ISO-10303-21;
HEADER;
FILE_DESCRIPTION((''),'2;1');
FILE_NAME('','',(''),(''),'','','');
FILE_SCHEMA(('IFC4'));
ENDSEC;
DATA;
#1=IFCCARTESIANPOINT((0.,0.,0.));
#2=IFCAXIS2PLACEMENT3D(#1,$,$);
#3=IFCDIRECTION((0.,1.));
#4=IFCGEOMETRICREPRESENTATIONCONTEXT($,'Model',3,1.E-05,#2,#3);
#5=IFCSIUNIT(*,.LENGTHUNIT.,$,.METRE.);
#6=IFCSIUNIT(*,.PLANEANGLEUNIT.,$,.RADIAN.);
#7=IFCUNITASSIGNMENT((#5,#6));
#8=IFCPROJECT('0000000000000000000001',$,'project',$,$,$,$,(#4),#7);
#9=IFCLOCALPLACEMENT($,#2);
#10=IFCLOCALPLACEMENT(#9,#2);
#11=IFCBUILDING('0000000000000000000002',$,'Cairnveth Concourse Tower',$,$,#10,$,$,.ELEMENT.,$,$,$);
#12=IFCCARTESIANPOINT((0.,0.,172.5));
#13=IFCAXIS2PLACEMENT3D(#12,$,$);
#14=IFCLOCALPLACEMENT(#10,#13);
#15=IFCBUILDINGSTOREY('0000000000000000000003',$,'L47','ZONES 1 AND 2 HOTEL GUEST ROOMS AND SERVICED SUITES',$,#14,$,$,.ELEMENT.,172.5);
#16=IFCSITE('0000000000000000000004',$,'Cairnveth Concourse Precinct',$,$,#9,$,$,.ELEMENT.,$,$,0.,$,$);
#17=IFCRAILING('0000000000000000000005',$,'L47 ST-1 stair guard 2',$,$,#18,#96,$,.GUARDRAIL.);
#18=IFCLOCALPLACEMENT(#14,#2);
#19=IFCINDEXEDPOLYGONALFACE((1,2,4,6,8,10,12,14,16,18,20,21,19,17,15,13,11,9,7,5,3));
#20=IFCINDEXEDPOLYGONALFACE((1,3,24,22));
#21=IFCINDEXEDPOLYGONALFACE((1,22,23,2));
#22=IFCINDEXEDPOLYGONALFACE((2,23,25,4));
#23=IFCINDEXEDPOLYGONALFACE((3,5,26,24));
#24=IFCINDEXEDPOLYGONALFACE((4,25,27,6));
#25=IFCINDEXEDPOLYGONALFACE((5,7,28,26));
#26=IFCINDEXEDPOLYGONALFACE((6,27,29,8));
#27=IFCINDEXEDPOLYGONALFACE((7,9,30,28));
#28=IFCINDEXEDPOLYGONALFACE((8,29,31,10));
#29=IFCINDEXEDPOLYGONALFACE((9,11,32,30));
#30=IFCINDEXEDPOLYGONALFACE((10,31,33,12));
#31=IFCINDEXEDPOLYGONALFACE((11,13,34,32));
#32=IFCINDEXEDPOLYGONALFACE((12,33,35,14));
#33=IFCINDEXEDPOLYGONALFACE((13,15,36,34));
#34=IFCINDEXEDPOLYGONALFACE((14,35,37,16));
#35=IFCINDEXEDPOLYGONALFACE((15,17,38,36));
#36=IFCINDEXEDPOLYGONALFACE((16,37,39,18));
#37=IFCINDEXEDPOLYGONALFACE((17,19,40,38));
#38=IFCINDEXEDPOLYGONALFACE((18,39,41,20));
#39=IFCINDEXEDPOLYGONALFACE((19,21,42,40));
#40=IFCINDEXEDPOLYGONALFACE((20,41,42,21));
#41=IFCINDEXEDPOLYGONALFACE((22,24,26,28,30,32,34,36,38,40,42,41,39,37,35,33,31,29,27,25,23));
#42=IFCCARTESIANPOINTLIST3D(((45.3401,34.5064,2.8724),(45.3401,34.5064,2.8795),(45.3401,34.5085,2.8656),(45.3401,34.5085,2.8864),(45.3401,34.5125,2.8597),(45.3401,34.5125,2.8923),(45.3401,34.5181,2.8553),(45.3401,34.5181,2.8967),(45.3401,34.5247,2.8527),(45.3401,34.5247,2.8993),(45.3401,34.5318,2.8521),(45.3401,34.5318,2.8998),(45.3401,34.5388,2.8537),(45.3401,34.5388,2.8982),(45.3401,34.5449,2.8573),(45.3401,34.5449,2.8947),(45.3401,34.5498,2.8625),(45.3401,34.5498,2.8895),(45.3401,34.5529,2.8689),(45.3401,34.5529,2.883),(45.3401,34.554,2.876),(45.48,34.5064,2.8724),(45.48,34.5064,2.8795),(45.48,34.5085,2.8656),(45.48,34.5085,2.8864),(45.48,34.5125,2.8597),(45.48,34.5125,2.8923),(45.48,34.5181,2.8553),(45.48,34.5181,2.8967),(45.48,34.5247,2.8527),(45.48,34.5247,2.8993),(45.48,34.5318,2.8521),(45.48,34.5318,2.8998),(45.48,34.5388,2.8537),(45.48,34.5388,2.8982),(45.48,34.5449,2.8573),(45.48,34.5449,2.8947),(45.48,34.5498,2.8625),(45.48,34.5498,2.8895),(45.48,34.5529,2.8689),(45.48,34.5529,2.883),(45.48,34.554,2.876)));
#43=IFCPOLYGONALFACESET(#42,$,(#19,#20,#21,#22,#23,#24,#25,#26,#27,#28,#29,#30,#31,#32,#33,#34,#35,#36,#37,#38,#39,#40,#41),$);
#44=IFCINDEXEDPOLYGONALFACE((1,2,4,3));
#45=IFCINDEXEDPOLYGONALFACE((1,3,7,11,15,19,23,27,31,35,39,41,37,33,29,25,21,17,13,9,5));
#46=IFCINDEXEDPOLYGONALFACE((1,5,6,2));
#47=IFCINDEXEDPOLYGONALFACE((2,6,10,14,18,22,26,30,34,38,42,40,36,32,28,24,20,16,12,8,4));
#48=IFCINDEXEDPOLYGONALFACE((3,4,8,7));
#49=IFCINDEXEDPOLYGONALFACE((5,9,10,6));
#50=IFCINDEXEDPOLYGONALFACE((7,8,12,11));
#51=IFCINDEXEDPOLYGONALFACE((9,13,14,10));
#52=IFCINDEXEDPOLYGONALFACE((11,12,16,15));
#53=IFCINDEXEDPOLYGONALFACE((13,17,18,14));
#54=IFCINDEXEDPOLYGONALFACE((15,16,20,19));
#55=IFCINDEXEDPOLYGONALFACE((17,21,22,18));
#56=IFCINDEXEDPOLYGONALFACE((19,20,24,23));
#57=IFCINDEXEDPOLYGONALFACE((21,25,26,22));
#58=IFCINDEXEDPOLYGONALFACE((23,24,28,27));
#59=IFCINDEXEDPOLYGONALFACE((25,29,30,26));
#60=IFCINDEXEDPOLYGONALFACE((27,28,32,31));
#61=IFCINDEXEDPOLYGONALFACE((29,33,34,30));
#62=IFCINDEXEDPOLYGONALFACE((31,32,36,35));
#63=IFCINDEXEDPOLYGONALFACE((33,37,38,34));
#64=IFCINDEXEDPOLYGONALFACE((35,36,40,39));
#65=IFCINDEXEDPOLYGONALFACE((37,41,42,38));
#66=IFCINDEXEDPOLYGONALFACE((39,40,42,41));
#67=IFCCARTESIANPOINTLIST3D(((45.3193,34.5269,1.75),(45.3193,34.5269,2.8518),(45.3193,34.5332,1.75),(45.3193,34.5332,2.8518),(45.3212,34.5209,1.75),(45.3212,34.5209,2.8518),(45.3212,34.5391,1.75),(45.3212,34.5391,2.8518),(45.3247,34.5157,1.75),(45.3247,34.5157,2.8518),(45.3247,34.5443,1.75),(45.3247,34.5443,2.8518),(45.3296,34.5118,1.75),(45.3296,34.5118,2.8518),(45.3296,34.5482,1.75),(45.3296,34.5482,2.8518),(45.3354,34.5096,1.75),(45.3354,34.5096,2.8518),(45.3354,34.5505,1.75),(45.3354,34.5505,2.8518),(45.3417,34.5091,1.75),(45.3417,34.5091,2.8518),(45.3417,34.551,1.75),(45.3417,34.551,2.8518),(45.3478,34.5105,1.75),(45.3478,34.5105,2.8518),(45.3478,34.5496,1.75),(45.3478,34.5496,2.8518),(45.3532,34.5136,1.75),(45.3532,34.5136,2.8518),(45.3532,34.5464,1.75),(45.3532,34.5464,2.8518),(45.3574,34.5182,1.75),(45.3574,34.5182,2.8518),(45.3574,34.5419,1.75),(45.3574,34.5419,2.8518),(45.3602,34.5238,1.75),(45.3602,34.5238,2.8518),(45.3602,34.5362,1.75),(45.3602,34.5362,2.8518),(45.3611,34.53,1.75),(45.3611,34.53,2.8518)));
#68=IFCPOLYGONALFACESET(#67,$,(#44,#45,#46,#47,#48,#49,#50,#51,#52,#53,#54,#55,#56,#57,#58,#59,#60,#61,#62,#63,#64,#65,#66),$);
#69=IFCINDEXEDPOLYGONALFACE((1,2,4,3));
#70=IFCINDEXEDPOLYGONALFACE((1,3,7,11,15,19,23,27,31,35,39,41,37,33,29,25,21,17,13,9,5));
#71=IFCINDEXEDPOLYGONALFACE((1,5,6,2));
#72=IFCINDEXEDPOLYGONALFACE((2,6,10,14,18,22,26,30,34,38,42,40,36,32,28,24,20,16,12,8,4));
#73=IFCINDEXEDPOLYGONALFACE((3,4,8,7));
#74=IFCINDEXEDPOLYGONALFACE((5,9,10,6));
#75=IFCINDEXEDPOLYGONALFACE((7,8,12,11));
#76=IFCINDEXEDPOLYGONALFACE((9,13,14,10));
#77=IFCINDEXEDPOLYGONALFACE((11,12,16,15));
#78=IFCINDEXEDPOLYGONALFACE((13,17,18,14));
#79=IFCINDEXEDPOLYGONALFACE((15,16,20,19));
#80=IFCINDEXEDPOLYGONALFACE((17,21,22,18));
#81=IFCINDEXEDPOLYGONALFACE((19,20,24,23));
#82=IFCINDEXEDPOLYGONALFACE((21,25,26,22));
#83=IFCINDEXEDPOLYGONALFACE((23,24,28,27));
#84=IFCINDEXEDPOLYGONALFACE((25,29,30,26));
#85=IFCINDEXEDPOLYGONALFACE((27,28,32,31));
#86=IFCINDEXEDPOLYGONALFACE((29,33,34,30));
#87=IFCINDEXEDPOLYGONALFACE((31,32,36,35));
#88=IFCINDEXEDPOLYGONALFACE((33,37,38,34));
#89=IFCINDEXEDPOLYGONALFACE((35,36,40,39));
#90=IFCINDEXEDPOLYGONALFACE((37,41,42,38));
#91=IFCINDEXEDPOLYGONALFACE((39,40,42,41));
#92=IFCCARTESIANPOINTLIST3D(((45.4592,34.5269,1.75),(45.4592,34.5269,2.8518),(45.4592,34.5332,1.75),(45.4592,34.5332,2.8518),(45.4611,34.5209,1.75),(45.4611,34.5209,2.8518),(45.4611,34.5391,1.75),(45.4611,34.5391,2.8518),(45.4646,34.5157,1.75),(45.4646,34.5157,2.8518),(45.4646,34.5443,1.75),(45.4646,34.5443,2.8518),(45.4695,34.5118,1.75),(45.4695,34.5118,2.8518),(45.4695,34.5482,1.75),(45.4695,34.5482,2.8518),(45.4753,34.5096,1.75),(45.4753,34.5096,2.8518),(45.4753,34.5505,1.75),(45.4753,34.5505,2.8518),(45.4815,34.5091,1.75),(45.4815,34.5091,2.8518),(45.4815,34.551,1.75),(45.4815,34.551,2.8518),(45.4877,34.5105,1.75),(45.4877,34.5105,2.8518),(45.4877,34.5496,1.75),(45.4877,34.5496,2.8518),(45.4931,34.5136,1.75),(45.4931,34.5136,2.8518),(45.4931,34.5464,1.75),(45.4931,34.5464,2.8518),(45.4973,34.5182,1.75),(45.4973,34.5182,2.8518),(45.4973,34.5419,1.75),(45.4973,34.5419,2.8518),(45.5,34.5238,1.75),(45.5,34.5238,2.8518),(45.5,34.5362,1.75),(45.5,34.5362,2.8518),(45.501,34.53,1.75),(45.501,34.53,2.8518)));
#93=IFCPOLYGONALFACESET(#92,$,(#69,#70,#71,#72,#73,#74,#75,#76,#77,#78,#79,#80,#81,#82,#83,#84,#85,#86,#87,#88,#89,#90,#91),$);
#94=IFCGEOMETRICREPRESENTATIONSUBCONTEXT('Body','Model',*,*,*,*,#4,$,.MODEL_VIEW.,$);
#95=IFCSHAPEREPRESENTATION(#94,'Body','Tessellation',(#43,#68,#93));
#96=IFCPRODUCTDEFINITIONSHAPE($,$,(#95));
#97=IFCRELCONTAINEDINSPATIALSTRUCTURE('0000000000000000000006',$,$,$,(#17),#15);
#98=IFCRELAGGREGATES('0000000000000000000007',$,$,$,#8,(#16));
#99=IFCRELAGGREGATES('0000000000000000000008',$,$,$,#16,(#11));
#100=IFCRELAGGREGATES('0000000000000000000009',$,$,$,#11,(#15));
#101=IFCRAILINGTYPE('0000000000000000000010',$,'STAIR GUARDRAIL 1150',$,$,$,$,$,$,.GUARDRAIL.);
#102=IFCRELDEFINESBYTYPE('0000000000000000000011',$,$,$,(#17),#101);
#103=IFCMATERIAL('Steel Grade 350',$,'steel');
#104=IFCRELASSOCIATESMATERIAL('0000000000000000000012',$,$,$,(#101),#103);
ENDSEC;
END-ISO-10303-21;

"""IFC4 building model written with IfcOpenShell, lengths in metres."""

from ifc_helpers import new_model, si_unit, direction, frame, origin, origin_2d, place, context, subcontext, project, spatial, circle, extrude, material, type_object, element, save


model = new_model("IFC4")

# Units and contexts
model_context = context("Model", 3, precision=1e-05, world=origin(), true_north=direction((0.0, 1.0)))
body_context = subcontext(model_context, "Body", "Model", "MODEL_VIEW")
ifc_project = project(units=[si_unit("LENGTHUNIT", "METRE"), si_unit("PLANEANGLEUNIT", "RADIAN")], contexts=[model_context])

# Site, building, storey
site_placement = place(None, origin())
site = spatial("IfcSite", under=ifc_project, at=site_placement, Name="Cairnveth Concourse Precinct", CompositionType="ELEMENT", RefElevation=0.0)
building_placement = place(site_placement, origin())
building = spatial("IfcBuilding", under=site, at=building_placement, Name="Cairnveth Concourse Tower", CompositionType="ELEMENT")
storey_placement = place(building_placement, frame((0.0, 0.0, 172.5)))
storey = spatial("IfcBuildingStorey", under=building, at=storey_placement, Name="L47", Description="ZONES 1 AND 2 HOTEL GUEST ROOMS AND SERVICED SUITES", CompositionType="ELEMENT", Elevation=172.5)

# Shared definitions
ifc_material_1 = material(Name="Steel Grade 350", Category="steel")

# Railing
railing_type_1 = type_object("IfcRailingType", Name="STAIR GUARDRAIL 1150", PredefinedType="GUARDRAIL", material=ifc_material_1)
railing_1_placement = place(storey_placement, frame((45.3401, 34.53, 1.75)))
element("IfcRailing", 1, at=railing_1_placement, inside=storey, type_object=railing_type_1, Name="L47 ST-1 stair guard 2", PredefinedType="GUARDRAIL", context=body_context, shape_type="SweptSolid", body=[
    extrude(circle(Radius=0.0239, at=origin_2d()), frame((0.0, 0.0, 1.126), z_axis=(1.0, 0.0, 0.0), x_axis=(0.0, 1.0, 0.0)), (0.0, 0.0, 1.0), 0.1399),
    extrude(circle(Radius=0.021, at=origin_2d()), origin(), (0.0, 0.0, 1.0), 1.1018),
    extrude(circle(Radius=0.021, at=origin_2d()), frame((0.1399, 0.0, 0.0)), (0.0, 0.0, 1.0), 1.1018),
])

save(model, "model.ifc")
